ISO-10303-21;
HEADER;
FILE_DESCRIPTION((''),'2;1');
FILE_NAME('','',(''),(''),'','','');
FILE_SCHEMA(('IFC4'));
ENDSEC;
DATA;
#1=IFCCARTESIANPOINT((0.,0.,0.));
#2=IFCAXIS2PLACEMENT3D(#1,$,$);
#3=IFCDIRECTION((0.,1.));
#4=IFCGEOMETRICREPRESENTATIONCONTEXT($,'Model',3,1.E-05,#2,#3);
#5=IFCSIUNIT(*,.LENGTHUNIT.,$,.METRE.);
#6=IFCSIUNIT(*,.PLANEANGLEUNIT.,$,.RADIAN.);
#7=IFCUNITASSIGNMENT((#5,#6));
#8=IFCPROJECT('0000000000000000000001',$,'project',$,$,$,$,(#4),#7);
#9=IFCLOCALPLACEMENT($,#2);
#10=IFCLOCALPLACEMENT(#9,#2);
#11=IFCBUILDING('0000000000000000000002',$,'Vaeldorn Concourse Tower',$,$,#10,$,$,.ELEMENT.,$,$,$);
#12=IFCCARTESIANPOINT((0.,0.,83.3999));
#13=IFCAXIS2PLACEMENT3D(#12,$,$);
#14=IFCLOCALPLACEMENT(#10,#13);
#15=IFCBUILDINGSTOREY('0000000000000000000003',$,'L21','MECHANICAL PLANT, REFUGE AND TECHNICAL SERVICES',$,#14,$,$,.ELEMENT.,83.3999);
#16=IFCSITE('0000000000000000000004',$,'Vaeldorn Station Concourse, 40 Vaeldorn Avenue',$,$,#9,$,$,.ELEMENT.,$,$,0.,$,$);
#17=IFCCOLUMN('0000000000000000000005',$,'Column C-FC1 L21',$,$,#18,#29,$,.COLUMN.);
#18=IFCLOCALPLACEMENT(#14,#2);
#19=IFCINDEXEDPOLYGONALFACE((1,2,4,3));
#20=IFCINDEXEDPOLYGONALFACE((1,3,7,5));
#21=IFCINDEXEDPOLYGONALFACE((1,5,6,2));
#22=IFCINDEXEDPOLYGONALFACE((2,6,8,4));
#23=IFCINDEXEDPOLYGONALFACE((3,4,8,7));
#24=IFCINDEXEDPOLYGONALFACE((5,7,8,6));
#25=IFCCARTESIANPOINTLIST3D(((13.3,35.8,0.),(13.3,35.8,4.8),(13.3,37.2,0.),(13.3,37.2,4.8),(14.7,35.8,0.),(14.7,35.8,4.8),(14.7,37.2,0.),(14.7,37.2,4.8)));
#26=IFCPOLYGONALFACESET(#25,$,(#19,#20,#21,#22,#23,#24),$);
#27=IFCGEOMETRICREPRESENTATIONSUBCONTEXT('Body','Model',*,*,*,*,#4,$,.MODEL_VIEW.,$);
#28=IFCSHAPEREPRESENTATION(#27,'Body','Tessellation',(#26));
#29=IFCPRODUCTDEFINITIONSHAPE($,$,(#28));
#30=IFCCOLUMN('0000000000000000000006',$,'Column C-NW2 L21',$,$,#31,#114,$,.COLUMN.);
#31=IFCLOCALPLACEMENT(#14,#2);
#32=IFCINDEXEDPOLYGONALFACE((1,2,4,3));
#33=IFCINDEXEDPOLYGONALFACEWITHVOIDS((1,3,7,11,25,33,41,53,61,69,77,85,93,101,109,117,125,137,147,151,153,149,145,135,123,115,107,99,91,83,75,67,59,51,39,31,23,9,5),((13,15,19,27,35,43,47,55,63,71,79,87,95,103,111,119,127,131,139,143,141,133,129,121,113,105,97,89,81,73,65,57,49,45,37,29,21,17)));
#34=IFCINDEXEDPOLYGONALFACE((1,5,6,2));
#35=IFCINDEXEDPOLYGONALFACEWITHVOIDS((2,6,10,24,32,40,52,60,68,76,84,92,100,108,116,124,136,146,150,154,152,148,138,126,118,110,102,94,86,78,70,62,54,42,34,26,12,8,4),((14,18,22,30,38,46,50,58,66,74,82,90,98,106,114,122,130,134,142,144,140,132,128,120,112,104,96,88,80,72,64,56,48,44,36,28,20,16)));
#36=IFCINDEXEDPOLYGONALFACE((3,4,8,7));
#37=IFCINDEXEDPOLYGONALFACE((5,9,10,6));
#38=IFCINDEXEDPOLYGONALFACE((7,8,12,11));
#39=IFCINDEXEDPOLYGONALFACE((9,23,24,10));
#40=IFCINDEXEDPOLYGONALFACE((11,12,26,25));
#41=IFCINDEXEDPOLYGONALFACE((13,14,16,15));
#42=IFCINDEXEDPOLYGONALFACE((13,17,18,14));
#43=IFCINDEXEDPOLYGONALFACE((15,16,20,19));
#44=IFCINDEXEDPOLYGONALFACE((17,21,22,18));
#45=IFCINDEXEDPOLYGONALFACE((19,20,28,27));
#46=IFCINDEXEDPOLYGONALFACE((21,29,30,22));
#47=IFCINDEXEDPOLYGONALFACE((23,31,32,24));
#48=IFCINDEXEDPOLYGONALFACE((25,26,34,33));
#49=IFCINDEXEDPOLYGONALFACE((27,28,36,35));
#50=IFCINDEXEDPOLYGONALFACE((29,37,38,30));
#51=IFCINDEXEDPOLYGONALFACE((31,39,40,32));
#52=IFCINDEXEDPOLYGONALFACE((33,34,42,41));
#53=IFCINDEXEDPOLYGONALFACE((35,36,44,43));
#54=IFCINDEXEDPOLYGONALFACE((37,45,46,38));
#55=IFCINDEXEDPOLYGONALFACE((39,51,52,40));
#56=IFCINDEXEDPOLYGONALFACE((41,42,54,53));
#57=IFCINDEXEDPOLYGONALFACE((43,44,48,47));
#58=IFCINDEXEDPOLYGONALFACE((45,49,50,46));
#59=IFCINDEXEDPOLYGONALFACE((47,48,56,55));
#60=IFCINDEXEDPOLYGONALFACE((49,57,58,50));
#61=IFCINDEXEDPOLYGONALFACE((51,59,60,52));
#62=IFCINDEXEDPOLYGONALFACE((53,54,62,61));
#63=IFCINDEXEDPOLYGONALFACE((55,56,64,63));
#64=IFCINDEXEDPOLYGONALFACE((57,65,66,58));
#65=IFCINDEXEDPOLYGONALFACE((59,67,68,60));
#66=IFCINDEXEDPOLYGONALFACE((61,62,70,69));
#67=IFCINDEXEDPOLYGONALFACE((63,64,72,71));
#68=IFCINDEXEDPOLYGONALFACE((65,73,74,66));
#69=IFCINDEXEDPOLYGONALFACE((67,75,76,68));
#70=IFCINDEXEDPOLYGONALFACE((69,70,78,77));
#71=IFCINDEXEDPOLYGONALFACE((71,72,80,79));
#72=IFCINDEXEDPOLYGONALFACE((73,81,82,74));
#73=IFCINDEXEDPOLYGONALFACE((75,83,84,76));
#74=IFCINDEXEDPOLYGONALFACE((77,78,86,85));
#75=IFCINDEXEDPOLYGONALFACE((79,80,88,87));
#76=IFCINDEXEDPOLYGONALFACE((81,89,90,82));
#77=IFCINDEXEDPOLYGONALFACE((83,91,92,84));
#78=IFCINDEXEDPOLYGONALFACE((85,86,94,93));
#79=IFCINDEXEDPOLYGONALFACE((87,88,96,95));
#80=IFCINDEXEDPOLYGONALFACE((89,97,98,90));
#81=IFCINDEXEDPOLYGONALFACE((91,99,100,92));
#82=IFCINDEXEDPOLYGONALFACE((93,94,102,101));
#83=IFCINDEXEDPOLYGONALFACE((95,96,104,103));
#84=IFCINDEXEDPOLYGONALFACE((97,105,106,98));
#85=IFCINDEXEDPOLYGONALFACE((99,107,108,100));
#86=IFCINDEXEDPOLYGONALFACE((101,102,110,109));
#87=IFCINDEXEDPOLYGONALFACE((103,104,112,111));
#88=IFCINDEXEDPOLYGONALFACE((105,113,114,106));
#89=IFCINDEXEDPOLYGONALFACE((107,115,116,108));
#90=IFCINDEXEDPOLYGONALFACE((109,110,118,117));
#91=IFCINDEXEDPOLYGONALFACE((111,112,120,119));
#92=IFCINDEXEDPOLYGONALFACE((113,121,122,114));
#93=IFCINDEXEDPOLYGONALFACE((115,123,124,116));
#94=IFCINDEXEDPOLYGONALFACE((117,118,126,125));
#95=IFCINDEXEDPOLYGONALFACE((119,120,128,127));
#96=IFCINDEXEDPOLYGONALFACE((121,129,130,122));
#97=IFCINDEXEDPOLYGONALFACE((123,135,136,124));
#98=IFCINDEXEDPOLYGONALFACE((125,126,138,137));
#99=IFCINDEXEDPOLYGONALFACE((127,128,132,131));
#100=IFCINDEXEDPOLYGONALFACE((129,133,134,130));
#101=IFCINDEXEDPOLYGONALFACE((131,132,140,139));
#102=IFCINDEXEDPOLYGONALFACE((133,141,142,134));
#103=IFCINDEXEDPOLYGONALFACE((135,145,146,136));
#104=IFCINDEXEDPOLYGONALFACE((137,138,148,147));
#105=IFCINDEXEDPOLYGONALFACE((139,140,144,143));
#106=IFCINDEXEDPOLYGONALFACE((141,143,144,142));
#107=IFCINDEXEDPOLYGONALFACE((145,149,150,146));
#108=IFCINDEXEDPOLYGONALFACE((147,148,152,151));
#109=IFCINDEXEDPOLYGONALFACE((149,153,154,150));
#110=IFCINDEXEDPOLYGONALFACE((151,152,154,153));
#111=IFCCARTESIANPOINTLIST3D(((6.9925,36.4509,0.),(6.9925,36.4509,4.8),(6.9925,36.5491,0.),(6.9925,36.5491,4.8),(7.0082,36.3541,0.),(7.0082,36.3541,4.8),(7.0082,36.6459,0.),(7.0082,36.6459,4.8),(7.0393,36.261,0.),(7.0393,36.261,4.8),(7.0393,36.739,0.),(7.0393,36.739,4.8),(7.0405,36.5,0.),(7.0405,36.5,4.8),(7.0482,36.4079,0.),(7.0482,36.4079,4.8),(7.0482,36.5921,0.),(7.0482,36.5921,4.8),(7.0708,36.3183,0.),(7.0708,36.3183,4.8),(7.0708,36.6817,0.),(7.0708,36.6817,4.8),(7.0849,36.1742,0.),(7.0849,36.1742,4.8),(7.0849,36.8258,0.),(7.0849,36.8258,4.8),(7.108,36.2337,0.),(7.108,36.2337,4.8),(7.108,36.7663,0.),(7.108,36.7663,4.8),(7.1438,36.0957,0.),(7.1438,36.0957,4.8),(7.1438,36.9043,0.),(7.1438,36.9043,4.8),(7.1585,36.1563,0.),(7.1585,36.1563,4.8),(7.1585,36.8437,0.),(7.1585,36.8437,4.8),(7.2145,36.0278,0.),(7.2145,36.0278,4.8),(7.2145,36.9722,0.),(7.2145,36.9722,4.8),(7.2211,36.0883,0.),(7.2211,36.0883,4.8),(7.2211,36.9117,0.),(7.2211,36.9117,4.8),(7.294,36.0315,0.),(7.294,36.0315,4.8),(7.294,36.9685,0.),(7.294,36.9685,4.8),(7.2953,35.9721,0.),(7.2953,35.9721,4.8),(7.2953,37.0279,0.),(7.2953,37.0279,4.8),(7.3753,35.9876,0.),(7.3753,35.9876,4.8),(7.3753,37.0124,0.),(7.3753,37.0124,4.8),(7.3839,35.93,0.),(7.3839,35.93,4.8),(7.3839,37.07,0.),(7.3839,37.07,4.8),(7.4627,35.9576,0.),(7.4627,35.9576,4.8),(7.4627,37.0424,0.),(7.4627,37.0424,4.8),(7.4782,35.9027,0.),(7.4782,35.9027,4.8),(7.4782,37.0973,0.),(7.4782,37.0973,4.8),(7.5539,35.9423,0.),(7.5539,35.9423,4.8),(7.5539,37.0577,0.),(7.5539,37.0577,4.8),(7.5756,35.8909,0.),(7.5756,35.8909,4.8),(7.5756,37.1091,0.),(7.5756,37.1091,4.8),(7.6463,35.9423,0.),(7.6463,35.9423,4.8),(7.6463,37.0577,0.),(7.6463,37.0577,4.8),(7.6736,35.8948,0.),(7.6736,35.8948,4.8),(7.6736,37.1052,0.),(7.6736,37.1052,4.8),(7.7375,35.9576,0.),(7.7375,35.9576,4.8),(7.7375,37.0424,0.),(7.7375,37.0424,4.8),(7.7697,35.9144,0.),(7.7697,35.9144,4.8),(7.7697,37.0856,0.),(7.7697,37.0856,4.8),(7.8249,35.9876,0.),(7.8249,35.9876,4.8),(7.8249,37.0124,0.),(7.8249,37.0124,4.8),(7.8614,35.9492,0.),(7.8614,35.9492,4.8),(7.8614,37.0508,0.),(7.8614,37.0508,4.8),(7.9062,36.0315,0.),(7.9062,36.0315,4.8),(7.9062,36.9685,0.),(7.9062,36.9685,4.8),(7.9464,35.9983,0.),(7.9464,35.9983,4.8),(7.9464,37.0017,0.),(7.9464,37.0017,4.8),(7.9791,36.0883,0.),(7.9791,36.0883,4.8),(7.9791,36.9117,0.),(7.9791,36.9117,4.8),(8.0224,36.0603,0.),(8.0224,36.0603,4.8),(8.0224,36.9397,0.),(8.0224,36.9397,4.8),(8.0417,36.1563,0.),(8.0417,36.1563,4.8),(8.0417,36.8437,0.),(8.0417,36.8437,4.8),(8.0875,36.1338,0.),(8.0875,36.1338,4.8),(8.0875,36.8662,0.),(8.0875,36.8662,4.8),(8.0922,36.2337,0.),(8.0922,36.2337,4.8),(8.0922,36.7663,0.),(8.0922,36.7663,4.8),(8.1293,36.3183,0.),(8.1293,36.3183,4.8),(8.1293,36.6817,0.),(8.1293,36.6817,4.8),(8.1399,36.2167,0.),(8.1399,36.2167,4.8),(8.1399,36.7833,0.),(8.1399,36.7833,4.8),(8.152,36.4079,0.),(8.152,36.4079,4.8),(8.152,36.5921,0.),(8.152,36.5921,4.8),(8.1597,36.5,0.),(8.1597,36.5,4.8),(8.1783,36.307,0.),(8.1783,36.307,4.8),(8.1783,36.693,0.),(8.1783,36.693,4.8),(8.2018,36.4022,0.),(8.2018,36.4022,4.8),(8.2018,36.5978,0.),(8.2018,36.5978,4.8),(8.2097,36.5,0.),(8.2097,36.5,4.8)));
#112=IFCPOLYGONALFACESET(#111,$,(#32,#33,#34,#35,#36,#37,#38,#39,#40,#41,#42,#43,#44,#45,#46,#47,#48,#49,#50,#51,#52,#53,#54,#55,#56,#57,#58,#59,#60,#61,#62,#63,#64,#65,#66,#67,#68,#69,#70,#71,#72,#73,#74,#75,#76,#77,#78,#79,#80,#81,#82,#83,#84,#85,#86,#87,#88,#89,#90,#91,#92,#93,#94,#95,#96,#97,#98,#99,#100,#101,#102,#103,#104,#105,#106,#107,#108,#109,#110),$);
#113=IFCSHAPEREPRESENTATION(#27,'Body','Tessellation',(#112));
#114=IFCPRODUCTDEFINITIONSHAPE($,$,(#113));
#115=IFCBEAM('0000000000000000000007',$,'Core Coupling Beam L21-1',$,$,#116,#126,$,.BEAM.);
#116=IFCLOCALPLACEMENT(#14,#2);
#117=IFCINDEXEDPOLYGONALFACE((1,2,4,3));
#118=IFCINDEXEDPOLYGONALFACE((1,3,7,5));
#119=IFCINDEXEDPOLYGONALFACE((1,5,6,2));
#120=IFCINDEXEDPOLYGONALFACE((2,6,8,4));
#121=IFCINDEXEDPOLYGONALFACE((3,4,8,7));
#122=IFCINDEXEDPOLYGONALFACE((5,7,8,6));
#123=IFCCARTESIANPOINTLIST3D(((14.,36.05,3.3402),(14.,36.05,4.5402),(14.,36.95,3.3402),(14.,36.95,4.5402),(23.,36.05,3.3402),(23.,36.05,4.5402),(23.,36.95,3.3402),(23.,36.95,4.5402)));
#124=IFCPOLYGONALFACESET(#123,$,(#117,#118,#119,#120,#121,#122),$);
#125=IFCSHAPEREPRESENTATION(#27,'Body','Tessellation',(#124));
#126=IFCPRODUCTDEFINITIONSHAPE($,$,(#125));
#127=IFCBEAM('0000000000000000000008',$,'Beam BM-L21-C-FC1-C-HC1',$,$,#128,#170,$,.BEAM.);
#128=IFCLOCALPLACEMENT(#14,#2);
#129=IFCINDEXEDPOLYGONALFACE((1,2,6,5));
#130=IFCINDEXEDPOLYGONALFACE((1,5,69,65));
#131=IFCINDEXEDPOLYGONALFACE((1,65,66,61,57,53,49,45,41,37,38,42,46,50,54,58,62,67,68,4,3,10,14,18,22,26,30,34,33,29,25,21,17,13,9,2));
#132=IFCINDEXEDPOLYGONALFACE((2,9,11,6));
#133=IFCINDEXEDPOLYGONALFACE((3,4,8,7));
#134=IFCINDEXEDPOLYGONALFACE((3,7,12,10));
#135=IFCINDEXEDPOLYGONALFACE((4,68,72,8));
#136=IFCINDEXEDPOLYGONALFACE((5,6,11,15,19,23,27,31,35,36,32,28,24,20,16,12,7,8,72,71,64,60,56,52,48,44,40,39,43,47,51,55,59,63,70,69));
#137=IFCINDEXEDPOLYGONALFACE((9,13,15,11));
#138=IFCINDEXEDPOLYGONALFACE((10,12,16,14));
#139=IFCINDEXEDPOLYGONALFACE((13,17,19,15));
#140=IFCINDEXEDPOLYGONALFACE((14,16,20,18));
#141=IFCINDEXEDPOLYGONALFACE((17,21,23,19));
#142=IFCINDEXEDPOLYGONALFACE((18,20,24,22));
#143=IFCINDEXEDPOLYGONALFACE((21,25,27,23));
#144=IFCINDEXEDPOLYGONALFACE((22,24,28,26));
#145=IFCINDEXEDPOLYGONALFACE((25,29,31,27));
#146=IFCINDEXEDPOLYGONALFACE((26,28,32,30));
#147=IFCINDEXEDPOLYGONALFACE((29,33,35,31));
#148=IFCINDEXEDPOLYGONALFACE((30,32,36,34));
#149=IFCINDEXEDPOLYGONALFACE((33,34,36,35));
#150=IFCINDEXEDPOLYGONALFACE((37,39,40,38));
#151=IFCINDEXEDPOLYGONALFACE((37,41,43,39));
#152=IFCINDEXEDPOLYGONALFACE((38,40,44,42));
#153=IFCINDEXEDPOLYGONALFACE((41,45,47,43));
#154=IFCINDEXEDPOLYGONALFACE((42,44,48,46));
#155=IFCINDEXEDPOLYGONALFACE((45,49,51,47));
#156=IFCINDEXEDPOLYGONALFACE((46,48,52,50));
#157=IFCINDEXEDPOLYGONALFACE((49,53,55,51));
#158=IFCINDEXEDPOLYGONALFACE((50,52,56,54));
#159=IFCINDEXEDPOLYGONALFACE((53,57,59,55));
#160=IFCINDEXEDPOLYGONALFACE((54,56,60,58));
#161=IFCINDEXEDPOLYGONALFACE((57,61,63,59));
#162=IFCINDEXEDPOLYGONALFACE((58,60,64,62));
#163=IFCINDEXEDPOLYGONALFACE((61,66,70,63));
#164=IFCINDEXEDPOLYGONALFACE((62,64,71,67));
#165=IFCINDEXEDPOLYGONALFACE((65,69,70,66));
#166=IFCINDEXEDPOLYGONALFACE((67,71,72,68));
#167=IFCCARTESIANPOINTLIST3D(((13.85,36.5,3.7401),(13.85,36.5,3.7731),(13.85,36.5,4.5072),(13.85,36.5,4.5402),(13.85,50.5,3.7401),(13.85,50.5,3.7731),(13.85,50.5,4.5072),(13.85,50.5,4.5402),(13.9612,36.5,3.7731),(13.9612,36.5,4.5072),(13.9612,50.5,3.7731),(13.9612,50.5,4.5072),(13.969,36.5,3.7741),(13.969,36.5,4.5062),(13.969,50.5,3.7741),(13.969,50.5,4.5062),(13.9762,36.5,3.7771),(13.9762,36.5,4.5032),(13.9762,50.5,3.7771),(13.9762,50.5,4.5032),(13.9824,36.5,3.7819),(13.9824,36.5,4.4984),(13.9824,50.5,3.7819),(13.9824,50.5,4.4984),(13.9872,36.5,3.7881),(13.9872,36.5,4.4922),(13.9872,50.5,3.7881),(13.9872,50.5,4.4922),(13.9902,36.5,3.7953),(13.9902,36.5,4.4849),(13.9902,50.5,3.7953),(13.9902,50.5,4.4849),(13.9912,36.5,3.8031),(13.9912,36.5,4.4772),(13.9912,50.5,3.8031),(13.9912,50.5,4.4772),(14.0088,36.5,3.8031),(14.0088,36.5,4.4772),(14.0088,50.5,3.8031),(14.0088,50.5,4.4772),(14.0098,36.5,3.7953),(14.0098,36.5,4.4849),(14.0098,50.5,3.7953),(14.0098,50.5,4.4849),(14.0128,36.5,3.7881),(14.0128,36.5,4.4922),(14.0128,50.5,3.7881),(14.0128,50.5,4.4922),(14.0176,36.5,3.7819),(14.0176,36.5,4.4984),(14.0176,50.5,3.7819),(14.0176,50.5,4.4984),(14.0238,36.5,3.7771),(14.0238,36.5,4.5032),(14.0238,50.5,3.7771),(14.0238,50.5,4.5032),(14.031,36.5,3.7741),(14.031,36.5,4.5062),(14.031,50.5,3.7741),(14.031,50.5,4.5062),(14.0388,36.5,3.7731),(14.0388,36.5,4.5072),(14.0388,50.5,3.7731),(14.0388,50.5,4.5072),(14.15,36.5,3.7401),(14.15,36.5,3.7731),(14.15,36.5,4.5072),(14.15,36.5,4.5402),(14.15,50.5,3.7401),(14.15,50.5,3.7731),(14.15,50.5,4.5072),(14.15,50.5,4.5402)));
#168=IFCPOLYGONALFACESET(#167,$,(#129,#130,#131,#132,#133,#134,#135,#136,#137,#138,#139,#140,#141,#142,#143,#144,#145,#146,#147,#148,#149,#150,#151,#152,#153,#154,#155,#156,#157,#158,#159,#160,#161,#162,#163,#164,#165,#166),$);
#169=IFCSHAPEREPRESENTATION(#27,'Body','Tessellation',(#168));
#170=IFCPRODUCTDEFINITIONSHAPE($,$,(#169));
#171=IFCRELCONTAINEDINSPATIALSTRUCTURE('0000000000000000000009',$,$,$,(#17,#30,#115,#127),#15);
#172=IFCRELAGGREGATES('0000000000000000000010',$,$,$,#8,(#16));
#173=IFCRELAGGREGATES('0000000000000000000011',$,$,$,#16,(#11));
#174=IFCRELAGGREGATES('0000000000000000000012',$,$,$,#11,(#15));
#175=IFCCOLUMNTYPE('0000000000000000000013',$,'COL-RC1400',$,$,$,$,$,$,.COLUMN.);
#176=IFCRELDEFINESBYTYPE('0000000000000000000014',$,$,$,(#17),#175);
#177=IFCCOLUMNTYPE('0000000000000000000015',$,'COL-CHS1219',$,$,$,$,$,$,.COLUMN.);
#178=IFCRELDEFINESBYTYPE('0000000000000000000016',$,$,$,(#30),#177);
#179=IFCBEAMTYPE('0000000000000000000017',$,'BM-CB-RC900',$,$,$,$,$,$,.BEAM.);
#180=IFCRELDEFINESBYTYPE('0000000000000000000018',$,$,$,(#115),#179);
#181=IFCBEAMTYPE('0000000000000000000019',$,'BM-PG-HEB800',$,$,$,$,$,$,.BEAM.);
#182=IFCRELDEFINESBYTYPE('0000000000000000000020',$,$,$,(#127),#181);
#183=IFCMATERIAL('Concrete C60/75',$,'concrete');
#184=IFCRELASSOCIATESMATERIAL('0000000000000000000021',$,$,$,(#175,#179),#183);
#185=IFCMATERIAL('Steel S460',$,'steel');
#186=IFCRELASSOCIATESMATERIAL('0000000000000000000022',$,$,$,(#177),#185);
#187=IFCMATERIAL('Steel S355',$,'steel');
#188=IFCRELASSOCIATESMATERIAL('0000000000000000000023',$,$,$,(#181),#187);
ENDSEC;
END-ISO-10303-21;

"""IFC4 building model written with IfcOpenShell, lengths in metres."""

from ifc_helpers import new_model, si_unit, direction, frame, origin, origin_2d, place, context, subcontext, project, spatial, rectangle, hollow_circle, i_section, extrude, source, transform, mapped, material, material_profile, profile_set, type_object, element, save


model = new_model("IFC4")

# Units and contexts
model_context = context("Model", 3, precision=1e-05, world=origin(), true_north=direction((0.0, 1.0)))
body_context = subcontext(model_context, "Body", "Model", "MODEL_VIEW")
ifc_project = project(units=[si_unit("LENGTHUNIT", "METRE"), si_unit("PLANEANGLEUNIT", "RADIAN")], contexts=[model_context])

# Site, building, storey
site_placement = place(None, origin())
site = spatial("IfcSite", under=ifc_project, at=site_placement, Name="Vaeldorn Station Concourse, 40 Vaeldorn Avenue", CompositionType="ELEMENT", RefElevation=0.0)
building_placement = place(site_placement, origin())
building = spatial("IfcBuilding", under=site, at=building_placement, Name="Vaeldorn Concourse Tower", CompositionType="ELEMENT")
storey_placement = place(building_placement, frame((0.0, 0.0, 83.3999)))
storey = spatial("IfcBuildingStorey", under=building, at=storey_placement, Name="L21", Description="MECHANICAL PLANT, REFUGE AND TECHNICAL SERVICES", CompositionType="ELEMENT", Elevation=83.3999)

# Columns
ifc_material_1 = material(Name="Concrete C60/75", Category="concrete")
ifc_material_profile_1 = material_profile(ifc_material_1, rectangle(XDim=1.3999, YDim=1.3999, at=origin_2d()), Name="RC 1400x1400")
ifc_profile_set_1 = profile_set([ifc_material_profile_1], Name="Concrete C60/75")
column_type_1 = type_object("IfcColumnType", Name="COL-RC1400", PredefinedType="COLUMN", material=ifc_profile_set_1)
shared_shape_1 = source(origin(), body_context, "Body", "SweptSolid", [
    extrude(rectangle(XDim=1.3999, YDim=1.3999, at=origin_2d()), origin(), (0.0, 0.0, 1.0), 4.8),
])
column_1_placement = place(storey_placement, frame((14.0, 36.5, 0.0), z_axis=(0.0, 0.0, 1.0), x_axis=(1.0, 0.0, 0.0)))
element("IfcColumn", 1, at=column_1_placement, inside=storey, type_object=column_type_1, Name="Column C-FC1 L21", PredefinedType="COLUMN", context=body_context, shape_type="MappedRepresentation", body=[
    mapped(shared_shape_1, transform((0.0, 0.0, 0.0), scale=1.0)),
])
ifc_material_2 = material(Name="Steel S460", Category="steel")
ifc_material_profile_2 = material_profile(ifc_material_2, hollow_circle(Radius=0.6096, WallThickness=0.05, at=origin_2d()), Name="CHS 1219x50")
ifc_profile_set_2 = profile_set([ifc_material_profile_2], Name="Steel S460")
column_type_2 = type_object("IfcColumnType", Name="COL-CHS1219", PredefinedType="COLUMN", material=ifc_profile_set_2)
shared_shape_2 = source(origin(), body_context, "Body", "SweptSolid", [
    extrude(hollow_circle(Radius=0.6096, WallThickness=0.05, at=origin_2d()), origin(), (0.0, 0.0, 1.0), 4.8),
])
column_2_placement = place(storey_placement, frame((7.6001, 36.5, 0.0), z_axis=(0.0, 0.0, 1.0), x_axis=(1.0, 0.0, 0.0)))
element("IfcColumn", 2, at=column_2_placement, inside=storey, type_object=column_type_2, Name="Column C-NW2 L21", PredefinedType="COLUMN", context=body_context, shape_type="MappedRepresentation", body=[
    mapped(shared_shape_2, transform((0.0, 0.0, 0.0), scale=1.0)),
])

# Beams
ifc_material_profile_3 = material_profile(ifc_material_1, rectangle(XDim=0.8999, YDim=1.2, at=origin_2d()), Name="RC 900x1200")
ifc_profile_set_3 = profile_set([ifc_material_profile_3], Name="Concrete C60/75")
beam_type_1 = type_object("IfcBeamType", Name="BM-CB-RC900", PredefinedType="BEAM", material=ifc_profile_set_3)
shared_shape_3 = source(origin(), body_context, "Body", "SweptSolid", [
    extrude(rectangle(XDim=0.8999, YDim=1.2, at=origin_2d()), origin(), (0.0, 0.0, 1.0), 9.0),
])
beam_1_placement = place(storey_placement, frame((14.0, 36.5, 3.9402), z_axis=(1.0, 0.0, 0.0), x_axis=(0.0, 1.0, 0.0)))
element("IfcBeam", 3, at=beam_1_placement, inside=storey, type_object=beam_type_1, Name="Core Coupling Beam L21-1", PredefinedType="BEAM", context=body_context, shape_type="MappedRepresentation", body=[
    mapped(shared_shape_3, transform((0.0, 0.0, 0.0), scale=1.0)),
])
ifc_material_3 = material(Name="Steel S355", Category="steel")
ifc_material_profile_4 = material_profile(ifc_material_3, i_section(OverallWidth=0.3, OverallDepth=0.8, WebThickness=0.0176, FlangeThickness=0.033, FilletRadius=0.03, at=origin_2d()), Name="HEB 800")
ifc_profile_set_4 = profile_set([ifc_material_profile_4], Name="Steel S355")
beam_type_2 = type_object("IfcBeamType", Name="BM-PG-HEB800", PredefinedType="BEAM", material=ifc_profile_set_4)
shared_shape_4 = source(origin(), body_context, "Body", "SweptSolid", [
    extrude(i_section(OverallWidth=0.3, OverallDepth=0.8, WebThickness=0.0176, FlangeThickness=0.033, FilletRadius=0.03, at=origin_2d()), origin(), (0.0, 0.0, 1.0), 14.0),
])
beam_2_placement = place(storey_placement, frame((14.0, 36.5, 4.1401), z_axis=(0.0, 1.0, 0.0), x_axis=(-1.0, 0.0, 0.0)))
element("IfcBeam", 4, at=beam_2_placement, inside=storey, type_object=beam_type_2, Name="Beam BM-L21-C-FC1-C-HC1", PredefinedType="BEAM", context=body_context, shape_type="MappedRepresentation", body=[
    mapped(shared_shape_4, transform((0.0, 0.0, 0.0), scale=1.0)),
])

save(model, "model.ifc")
